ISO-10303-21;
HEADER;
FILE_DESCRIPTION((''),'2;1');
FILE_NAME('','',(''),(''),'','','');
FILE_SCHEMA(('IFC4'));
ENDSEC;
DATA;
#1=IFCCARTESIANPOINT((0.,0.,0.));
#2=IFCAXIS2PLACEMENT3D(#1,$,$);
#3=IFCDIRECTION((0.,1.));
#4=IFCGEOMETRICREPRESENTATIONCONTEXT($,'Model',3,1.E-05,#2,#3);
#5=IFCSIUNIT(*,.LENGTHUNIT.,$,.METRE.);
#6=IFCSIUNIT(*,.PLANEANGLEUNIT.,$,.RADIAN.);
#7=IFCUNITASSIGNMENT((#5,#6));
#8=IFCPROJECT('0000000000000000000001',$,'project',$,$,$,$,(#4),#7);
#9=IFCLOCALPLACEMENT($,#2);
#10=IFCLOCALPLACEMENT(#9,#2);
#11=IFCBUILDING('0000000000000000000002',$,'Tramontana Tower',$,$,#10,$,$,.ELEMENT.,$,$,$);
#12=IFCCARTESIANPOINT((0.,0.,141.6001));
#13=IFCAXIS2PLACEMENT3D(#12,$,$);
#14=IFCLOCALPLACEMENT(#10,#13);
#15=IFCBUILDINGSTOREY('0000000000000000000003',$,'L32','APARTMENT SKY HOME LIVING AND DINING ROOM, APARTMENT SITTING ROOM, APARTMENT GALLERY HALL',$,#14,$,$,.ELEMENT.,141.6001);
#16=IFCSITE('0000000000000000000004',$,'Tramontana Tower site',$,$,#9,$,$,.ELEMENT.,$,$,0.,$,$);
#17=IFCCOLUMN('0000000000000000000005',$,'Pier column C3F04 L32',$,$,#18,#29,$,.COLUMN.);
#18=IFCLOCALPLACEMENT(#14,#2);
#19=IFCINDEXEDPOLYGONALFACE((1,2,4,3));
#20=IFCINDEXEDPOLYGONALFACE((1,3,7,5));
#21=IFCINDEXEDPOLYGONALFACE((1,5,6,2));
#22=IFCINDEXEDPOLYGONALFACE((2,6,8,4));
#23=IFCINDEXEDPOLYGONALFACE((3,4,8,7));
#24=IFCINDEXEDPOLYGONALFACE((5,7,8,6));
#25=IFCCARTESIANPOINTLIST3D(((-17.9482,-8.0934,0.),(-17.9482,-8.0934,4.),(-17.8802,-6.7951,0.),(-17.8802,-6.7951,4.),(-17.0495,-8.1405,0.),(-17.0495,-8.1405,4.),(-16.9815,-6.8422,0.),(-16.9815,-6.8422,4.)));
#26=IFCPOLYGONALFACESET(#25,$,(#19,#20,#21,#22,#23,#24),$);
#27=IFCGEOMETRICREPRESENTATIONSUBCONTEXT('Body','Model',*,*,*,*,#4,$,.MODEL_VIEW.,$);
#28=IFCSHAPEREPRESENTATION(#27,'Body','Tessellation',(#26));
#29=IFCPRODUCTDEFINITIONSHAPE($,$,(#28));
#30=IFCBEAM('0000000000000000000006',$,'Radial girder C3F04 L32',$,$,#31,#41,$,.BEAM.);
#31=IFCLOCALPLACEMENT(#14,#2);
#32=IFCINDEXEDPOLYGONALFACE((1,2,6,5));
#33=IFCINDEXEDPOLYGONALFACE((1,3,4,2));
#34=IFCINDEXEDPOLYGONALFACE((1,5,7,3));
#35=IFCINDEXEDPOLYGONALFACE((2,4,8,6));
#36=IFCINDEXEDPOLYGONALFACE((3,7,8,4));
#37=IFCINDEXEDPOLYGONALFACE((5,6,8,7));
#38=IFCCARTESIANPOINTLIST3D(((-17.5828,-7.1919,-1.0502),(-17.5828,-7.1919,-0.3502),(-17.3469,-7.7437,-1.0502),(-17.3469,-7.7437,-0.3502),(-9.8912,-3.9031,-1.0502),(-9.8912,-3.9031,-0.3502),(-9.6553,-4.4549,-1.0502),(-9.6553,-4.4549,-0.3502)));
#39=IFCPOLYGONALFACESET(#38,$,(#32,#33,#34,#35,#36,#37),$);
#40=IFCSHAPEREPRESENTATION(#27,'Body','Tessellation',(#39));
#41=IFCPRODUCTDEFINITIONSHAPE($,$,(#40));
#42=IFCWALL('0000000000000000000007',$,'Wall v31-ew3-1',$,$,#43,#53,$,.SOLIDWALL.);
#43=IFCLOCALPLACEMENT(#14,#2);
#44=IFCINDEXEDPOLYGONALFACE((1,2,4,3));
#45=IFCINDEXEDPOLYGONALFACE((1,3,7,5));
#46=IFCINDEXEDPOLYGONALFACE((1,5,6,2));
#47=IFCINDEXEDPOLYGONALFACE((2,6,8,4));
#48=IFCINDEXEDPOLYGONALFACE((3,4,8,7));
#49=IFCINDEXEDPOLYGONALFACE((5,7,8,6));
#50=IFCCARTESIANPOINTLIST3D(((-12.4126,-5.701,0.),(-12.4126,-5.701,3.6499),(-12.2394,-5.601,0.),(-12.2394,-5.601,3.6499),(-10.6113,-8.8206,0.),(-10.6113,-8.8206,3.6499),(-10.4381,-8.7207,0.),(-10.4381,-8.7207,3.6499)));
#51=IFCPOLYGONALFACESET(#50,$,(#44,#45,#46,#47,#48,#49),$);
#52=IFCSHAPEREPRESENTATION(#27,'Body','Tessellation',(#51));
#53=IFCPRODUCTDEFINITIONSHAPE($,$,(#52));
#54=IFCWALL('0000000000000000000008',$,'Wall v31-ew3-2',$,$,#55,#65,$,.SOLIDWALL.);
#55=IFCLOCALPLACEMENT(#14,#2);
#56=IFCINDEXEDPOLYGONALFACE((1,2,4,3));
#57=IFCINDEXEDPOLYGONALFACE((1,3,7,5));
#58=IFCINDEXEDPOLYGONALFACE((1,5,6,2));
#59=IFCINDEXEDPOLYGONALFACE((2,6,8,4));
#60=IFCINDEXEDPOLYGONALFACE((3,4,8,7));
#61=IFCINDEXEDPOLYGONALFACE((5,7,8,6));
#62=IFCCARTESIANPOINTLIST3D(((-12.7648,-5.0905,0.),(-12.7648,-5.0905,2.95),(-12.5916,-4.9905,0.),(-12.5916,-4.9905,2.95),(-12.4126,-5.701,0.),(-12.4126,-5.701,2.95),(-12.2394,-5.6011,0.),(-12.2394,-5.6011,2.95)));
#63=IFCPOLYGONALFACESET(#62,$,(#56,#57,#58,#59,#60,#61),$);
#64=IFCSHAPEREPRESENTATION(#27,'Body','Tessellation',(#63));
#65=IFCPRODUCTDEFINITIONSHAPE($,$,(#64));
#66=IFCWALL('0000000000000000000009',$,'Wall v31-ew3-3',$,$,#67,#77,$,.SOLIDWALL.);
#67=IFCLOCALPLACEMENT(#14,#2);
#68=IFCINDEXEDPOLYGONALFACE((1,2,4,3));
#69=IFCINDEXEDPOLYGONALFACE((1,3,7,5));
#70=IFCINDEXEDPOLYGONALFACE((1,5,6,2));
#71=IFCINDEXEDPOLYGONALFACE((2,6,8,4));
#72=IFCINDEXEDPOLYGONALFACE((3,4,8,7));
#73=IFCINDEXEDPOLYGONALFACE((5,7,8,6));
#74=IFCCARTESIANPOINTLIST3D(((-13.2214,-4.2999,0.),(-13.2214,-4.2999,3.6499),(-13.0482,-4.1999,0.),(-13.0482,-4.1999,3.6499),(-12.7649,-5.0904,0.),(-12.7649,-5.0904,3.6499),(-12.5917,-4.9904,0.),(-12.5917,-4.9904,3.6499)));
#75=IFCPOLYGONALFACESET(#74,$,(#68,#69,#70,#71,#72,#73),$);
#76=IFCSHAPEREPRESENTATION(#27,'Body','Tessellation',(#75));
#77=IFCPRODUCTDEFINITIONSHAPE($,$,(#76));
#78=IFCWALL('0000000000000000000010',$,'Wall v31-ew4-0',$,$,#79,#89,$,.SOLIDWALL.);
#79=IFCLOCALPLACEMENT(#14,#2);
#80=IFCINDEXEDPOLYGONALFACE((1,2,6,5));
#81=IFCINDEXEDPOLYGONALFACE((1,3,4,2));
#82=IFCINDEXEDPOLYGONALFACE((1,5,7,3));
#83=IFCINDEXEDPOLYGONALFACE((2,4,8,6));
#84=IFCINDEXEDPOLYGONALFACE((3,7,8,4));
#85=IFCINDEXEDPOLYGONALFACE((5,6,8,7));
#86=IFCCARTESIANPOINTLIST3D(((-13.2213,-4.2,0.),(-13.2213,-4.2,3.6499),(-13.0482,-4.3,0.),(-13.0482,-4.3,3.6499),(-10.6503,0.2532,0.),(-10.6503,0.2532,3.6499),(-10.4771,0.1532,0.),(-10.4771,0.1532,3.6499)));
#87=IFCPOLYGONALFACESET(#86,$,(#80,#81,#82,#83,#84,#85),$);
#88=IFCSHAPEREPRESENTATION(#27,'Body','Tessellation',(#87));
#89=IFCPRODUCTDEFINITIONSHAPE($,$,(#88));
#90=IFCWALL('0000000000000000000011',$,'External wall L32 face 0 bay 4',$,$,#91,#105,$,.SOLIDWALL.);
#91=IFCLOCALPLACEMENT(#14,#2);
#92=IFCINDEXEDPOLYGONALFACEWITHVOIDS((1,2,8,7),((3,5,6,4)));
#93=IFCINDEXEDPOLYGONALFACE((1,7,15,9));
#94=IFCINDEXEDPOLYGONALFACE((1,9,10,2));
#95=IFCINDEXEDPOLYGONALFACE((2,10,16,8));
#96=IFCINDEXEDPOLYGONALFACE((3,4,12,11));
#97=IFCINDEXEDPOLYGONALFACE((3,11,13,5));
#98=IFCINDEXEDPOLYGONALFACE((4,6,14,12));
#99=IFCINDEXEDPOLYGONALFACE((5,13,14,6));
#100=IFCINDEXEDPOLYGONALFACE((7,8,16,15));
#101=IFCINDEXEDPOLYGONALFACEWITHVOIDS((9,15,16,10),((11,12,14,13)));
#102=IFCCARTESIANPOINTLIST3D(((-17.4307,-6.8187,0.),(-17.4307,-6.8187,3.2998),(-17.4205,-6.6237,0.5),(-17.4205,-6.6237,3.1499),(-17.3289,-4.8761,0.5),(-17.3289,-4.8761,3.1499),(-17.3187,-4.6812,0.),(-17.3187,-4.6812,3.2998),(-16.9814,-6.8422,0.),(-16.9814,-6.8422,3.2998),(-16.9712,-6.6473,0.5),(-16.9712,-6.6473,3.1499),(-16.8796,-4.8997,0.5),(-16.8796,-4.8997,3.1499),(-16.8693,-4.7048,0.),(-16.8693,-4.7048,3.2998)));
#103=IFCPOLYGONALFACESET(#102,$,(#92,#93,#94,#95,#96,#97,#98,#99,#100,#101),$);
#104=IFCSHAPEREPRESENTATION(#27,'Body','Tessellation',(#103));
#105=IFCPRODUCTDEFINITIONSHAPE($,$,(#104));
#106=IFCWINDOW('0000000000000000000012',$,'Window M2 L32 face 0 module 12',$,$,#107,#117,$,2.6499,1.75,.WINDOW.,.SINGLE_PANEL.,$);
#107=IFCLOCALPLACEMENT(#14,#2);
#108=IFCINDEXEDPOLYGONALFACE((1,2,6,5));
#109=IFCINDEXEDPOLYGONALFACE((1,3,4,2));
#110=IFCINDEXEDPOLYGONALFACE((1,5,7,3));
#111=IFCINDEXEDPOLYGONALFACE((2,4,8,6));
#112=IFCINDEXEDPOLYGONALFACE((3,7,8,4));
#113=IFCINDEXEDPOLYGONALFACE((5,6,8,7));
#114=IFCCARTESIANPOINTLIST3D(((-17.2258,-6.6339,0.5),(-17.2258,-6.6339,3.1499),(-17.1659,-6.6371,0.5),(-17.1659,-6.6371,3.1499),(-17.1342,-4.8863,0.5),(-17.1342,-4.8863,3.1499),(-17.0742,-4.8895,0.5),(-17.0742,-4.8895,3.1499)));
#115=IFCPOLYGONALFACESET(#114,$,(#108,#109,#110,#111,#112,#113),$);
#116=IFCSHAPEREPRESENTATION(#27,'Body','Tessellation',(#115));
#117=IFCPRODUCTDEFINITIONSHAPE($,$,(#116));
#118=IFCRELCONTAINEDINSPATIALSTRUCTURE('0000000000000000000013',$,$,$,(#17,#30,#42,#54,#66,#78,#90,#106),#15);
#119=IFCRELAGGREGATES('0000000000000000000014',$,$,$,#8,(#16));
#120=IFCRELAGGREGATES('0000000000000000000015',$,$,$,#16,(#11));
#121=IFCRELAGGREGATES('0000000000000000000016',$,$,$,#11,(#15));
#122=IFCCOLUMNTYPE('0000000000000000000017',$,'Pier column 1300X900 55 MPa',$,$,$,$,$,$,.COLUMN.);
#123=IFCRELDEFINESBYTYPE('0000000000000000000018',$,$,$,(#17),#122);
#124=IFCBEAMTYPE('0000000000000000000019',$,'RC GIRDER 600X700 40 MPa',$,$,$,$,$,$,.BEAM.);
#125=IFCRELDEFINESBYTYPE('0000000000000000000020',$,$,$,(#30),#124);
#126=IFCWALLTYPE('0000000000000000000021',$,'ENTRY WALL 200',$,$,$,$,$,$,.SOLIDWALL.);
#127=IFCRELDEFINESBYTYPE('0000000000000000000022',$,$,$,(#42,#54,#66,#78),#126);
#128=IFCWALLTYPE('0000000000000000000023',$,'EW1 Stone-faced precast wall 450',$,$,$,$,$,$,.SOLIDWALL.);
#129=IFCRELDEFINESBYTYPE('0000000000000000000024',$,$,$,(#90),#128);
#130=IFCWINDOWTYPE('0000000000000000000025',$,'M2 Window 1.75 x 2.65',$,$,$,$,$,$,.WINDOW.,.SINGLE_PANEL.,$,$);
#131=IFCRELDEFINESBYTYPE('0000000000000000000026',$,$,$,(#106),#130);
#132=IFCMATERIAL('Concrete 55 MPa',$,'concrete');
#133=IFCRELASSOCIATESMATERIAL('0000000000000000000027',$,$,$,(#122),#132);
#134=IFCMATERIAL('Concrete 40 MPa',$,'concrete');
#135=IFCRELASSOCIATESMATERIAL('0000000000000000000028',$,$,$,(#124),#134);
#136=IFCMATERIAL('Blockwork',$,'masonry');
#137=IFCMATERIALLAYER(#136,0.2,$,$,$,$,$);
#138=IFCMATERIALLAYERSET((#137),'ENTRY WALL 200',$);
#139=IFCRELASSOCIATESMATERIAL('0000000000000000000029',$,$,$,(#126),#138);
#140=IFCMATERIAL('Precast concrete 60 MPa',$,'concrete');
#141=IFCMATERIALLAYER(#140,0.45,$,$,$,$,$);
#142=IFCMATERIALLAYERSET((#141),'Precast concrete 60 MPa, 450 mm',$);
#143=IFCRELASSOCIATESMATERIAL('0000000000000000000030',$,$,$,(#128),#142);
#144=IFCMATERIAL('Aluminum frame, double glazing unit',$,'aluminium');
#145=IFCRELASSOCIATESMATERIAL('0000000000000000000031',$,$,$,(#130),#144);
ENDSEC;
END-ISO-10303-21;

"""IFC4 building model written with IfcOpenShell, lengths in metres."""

from ifc_helpers import new_model, si_unit, direction, frame, frame_2d, origin, origin_2d, place, context, subcontext, project, spatial, rectangle, extrude, material, layer, layer_set, material_profile, profile_set, type_object, element, fill, save


model = new_model("IFC4")

# Units and contexts
model_context = context("Model", 3, precision=1e-05, world=origin(), true_north=direction((0.0, 1.0)))
body_context = subcontext(model_context, "Body", "Model", "MODEL_VIEW")
ifc_project = project(units=[si_unit("LENGTHUNIT", "METRE"), si_unit("PLANEANGLEUNIT", "RADIAN")], contexts=[model_context])

# Site, building, storey
site_placement = place(None, origin())
site = spatial("IfcSite", under=ifc_project, at=site_placement, Name="Tramontana Tower site", CompositionType="ELEMENT", RefElevation=0.0)
building_placement = place(site_placement, origin())
building = spatial("IfcBuilding", under=site, at=building_placement, Name="Tramontana Tower", CompositionType="ELEMENT")
storey_placement = place(building_placement, frame((0.0, 0.0, 141.6001)))
storey = spatial("IfcBuildingStorey", under=building, at=storey_placement, Name="L32", Description="APARTMENT SKY HOME LIVING AND DINING ROOM, APARTMENT SITTING ROOM, APARTMENT GALLERY HALL", CompositionType="ELEMENT", Elevation=141.6001)

# Column
ifc_material_1 = material(Name="Concrete 55 MPa", Category="concrete")
ifc_material_profile_1 = material_profile(ifc_material_1, rectangle(XDim=1.3, YDim=0.8999, at=origin_2d()), Name="Pier column 1300X900 55 MPa")
ifc_profile_set_1 = profile_set([ifc_material_profile_1], Name="Concrete 55 MPa")
column_type = type_object("IfcColumnType", Name="Pier column 1300X900 55 MPa", PredefinedType="COLUMN", material=ifc_profile_set_1)
column_placement = place(storey_placement, frame((-17.4648, -7.4678, 0.0), z_axis=(0.0, 0.0, 1.0), x_axis=(-0.052336, -0.99863, 0.0)))
element("IfcColumn", 1, at=column_placement, inside=storey, type_object=column_type, Name="Pier column C3F04 L32", PredefinedType="COLUMN", context=body_context, shape_type="SweptSolid", body=[
    extrude(rectangle(XDim=1.3, YDim=0.8999, at=origin_2d()), origin(), (0.0, 0.0, 1.0), 4.0),
])

# Beam
ifc_material_2 = material(Name="Concrete 40 MPa", Category="concrete")
ifc_material_profile_2 = material_profile(ifc_material_2, rectangle(XDim=0.6001, YDim=0.7, at=origin_2d()), Name="RC GIRDER 600X700 40 MPa")
ifc_profile_set_2 = profile_set([ifc_material_profile_2], Name="Concrete 40 MPa")
beam_type = type_object("IfcBeamType", Name="RC GIRDER 600X700 40 MPa", PredefinedType="BEAM", material=ifc_profile_set_2)
beam_placement = place(storey_placement, frame((-17.4648, -7.4678, -0.7002), z_axis=(0.919474, 0.393151, 0.0), x_axis=(-0.393151, 0.919474, 0.0)))
element("IfcBeam", 2, at=beam_placement, inside=storey, type_object=beam_type, Name="Radial girder C3F04 L32", PredefinedType="BEAM", context=body_context, shape_type="SweptSolid", body=[
    extrude(rectangle(XDim=0.6001, YDim=0.7, at=origin_2d()), origin(), (0.0, 0.0, 1.0), 8.3652),
])

# Walls
ifc_material_3 = material(Name="Blockwork", Category="masonry")
ifc_layer_1 = layer(ifc_material_3, 0.2)
ifc_layer_set_1 = layer_set([ifc_layer_1], Name="ENTRY WALL 200")
wall_type_1 = type_object("IfcWallType", Name="ENTRY WALL 200", PredefinedType="SOLIDWALL", material=ifc_layer_set_1)
wall_1_placement = place(storey_placement, frame((-10.5247, -8.7708, 0.0), z_axis=(0.0, 0.0, 1.0), x_axis=(-0.500031, 0.866007, 0.0)))
element("IfcWall", 3, at=wall_1_placement, inside=storey, type_object=wall_type_1, Name="Wall v31-ew3-1", PredefinedType="SOLIDWALL", context=body_context, shape_type="SweptSolid", body=[
    extrude(rectangle(XDim=3.6023, YDim=0.2, at=frame_2d((1.8013, 0.0))), origin(), (0.0, 0.0, 1.0), 3.6499),
])
wall_2_placement = place(storey_placement, frame((-12.3259, -5.6511, 0.0), z_axis=(0.0, 0.0, 1.0), x_axis=(-0.499752, 0.866168, 0.0)))
element("IfcWall", 4, at=wall_2_placement, inside=storey, type_object=wall_type_1, Name="Wall v31-ew3-2", PredefinedType="SOLIDWALL", context=body_context, shape_type="SweptSolid", body=[
    extrude(rectangle(XDim=0.7048, YDim=0.2, at=frame_2d((0.3525, 0.0))), origin(), (0.0, 0.0, 1.0), 2.95),
])
wall_3_placement = place(storey_placement, frame((-12.6782, -5.0405, 0.0), z_axis=(0.0, 0.0, 1.0), x_axis=(-0.500108, 0.865963, 0.0)))
element("IfcWall", 5, at=wall_3_placement, inside=storey, type_object=wall_type_1, Name="Wall v31-ew3-3", PredefinedType="SOLIDWALL", context=body_context, shape_type="SweptSolid", body=[
    extrude(rectangle(XDim=0.9128, YDim=0.2, at=frame_2d((0.4565, 0.0))), origin(), (0.0, 0.0, 1.0), 3.6499),
])
wall_4_placement = place(storey_placement, frame((-13.1348, -4.25, 0.0), z_axis=(0.0, 0.0, 1.0), x_axis=(0.500005, 0.866023, 0.0)))
element("IfcWall", 6, at=wall_4_placement, inside=storey, type_object=wall_type_1, Name="Wall v31-ew4-0", PredefinedType="SOLIDWALL", context=body_context, shape_type="SweptSolid", body=[
    extrude(rectangle(XDim=5.1421, YDim=0.2, at=frame_2d((2.571, 0.0))), origin(), (0.0, 0.0, 1.0), 3.6499),
])

# Wall, opening, window
ifc_material_4 = material(Name="Precast concrete 60 MPa", Category="concrete")
ifc_layer_2 = layer(ifc_material_4, 0.45)
ifc_layer_set_2 = layer_set([ifc_layer_2], Name="Precast concrete 60 MPa, 450 mm")
wall_type_2 = type_object("IfcWallType", Name="EW1 Stone-faced precast wall 450", PredefinedType="SOLIDWALL", material=ifc_layer_set_2)
wall_5_placement = place(storey_placement, frame((-17.094, -4.6929, 0.0), z_axis=(0.0, 0.0, 1.0), x_axis=(-0.052355, -0.998629, 0.0)))
wall_5 = element("IfcWall", 7, at=wall_5_placement, inside=storey, type_object=wall_type_2, Name="External wall L32 face 0 bay 4", PredefinedType="SOLIDWALL", context=body_context, shape_type="SweptSolid", body=[
    extrude(rectangle(XDim=2.1404, YDim=0.45, at=frame_2d((1.0703, 0.0))), origin(), (0.0, 0.0, 1.0), 3.2998),
])
opening_1_placement = place(wall_5_placement, frame((0.1953, 0.0, 0.5)))
opening_1 = element("IfcOpeningElement", 8, at=opening_1_placement, cuts=wall_5, PredefinedType="OPENING", context=body_context, shape_type="SweptSolid", body=[
    extrude(rectangle(XDim=1.75, YDim=2.6499, at=frame_2d((0.875, 1.325))), frame((0.0, 0.2349, 0.0), z_axis=(0.0, -1.0, 0.0), x_axis=(1.0, 0.0, 0.0)), (0.0, 0.0, 1.0), 0.47),
])
ifc_material_5 = material(Name="Aluminum frame, double glazing unit", Category="aluminium")
window_type_1 = type_object("IfcWindowType", Name="M2 Window 1.75 x 2.65", PartitioningType="SINGLE_PANEL", PredefinedType="WINDOW", material=ifc_material_5)
window_1_placement = place(opening_1_placement, origin())
window_1 = element("IfcWindow", 9, at=window_1_placement, inside=storey, type_object=window_type_1, Name="Window M2 L32 face 0 module 12", OverallHeight=2.6499, OverallWidth=1.75, PartitioningType="SINGLE_PANEL", PredefinedType="WINDOW", context=body_context, shape_type="SweptSolid", body=[
    extrude(rectangle(XDim=1.75, YDim=2.6499, at=frame_2d((0.875, 1.325))), frame((0.0, 0.03, 0.0), z_axis=(0.0, -1.0, 0.0), x_axis=(1.0, 0.0, 0.0)), (0.0, 0.0, 1.0), 0.0601),
])
fill(opening_1, window_1)

save(model, "model.ifc")
